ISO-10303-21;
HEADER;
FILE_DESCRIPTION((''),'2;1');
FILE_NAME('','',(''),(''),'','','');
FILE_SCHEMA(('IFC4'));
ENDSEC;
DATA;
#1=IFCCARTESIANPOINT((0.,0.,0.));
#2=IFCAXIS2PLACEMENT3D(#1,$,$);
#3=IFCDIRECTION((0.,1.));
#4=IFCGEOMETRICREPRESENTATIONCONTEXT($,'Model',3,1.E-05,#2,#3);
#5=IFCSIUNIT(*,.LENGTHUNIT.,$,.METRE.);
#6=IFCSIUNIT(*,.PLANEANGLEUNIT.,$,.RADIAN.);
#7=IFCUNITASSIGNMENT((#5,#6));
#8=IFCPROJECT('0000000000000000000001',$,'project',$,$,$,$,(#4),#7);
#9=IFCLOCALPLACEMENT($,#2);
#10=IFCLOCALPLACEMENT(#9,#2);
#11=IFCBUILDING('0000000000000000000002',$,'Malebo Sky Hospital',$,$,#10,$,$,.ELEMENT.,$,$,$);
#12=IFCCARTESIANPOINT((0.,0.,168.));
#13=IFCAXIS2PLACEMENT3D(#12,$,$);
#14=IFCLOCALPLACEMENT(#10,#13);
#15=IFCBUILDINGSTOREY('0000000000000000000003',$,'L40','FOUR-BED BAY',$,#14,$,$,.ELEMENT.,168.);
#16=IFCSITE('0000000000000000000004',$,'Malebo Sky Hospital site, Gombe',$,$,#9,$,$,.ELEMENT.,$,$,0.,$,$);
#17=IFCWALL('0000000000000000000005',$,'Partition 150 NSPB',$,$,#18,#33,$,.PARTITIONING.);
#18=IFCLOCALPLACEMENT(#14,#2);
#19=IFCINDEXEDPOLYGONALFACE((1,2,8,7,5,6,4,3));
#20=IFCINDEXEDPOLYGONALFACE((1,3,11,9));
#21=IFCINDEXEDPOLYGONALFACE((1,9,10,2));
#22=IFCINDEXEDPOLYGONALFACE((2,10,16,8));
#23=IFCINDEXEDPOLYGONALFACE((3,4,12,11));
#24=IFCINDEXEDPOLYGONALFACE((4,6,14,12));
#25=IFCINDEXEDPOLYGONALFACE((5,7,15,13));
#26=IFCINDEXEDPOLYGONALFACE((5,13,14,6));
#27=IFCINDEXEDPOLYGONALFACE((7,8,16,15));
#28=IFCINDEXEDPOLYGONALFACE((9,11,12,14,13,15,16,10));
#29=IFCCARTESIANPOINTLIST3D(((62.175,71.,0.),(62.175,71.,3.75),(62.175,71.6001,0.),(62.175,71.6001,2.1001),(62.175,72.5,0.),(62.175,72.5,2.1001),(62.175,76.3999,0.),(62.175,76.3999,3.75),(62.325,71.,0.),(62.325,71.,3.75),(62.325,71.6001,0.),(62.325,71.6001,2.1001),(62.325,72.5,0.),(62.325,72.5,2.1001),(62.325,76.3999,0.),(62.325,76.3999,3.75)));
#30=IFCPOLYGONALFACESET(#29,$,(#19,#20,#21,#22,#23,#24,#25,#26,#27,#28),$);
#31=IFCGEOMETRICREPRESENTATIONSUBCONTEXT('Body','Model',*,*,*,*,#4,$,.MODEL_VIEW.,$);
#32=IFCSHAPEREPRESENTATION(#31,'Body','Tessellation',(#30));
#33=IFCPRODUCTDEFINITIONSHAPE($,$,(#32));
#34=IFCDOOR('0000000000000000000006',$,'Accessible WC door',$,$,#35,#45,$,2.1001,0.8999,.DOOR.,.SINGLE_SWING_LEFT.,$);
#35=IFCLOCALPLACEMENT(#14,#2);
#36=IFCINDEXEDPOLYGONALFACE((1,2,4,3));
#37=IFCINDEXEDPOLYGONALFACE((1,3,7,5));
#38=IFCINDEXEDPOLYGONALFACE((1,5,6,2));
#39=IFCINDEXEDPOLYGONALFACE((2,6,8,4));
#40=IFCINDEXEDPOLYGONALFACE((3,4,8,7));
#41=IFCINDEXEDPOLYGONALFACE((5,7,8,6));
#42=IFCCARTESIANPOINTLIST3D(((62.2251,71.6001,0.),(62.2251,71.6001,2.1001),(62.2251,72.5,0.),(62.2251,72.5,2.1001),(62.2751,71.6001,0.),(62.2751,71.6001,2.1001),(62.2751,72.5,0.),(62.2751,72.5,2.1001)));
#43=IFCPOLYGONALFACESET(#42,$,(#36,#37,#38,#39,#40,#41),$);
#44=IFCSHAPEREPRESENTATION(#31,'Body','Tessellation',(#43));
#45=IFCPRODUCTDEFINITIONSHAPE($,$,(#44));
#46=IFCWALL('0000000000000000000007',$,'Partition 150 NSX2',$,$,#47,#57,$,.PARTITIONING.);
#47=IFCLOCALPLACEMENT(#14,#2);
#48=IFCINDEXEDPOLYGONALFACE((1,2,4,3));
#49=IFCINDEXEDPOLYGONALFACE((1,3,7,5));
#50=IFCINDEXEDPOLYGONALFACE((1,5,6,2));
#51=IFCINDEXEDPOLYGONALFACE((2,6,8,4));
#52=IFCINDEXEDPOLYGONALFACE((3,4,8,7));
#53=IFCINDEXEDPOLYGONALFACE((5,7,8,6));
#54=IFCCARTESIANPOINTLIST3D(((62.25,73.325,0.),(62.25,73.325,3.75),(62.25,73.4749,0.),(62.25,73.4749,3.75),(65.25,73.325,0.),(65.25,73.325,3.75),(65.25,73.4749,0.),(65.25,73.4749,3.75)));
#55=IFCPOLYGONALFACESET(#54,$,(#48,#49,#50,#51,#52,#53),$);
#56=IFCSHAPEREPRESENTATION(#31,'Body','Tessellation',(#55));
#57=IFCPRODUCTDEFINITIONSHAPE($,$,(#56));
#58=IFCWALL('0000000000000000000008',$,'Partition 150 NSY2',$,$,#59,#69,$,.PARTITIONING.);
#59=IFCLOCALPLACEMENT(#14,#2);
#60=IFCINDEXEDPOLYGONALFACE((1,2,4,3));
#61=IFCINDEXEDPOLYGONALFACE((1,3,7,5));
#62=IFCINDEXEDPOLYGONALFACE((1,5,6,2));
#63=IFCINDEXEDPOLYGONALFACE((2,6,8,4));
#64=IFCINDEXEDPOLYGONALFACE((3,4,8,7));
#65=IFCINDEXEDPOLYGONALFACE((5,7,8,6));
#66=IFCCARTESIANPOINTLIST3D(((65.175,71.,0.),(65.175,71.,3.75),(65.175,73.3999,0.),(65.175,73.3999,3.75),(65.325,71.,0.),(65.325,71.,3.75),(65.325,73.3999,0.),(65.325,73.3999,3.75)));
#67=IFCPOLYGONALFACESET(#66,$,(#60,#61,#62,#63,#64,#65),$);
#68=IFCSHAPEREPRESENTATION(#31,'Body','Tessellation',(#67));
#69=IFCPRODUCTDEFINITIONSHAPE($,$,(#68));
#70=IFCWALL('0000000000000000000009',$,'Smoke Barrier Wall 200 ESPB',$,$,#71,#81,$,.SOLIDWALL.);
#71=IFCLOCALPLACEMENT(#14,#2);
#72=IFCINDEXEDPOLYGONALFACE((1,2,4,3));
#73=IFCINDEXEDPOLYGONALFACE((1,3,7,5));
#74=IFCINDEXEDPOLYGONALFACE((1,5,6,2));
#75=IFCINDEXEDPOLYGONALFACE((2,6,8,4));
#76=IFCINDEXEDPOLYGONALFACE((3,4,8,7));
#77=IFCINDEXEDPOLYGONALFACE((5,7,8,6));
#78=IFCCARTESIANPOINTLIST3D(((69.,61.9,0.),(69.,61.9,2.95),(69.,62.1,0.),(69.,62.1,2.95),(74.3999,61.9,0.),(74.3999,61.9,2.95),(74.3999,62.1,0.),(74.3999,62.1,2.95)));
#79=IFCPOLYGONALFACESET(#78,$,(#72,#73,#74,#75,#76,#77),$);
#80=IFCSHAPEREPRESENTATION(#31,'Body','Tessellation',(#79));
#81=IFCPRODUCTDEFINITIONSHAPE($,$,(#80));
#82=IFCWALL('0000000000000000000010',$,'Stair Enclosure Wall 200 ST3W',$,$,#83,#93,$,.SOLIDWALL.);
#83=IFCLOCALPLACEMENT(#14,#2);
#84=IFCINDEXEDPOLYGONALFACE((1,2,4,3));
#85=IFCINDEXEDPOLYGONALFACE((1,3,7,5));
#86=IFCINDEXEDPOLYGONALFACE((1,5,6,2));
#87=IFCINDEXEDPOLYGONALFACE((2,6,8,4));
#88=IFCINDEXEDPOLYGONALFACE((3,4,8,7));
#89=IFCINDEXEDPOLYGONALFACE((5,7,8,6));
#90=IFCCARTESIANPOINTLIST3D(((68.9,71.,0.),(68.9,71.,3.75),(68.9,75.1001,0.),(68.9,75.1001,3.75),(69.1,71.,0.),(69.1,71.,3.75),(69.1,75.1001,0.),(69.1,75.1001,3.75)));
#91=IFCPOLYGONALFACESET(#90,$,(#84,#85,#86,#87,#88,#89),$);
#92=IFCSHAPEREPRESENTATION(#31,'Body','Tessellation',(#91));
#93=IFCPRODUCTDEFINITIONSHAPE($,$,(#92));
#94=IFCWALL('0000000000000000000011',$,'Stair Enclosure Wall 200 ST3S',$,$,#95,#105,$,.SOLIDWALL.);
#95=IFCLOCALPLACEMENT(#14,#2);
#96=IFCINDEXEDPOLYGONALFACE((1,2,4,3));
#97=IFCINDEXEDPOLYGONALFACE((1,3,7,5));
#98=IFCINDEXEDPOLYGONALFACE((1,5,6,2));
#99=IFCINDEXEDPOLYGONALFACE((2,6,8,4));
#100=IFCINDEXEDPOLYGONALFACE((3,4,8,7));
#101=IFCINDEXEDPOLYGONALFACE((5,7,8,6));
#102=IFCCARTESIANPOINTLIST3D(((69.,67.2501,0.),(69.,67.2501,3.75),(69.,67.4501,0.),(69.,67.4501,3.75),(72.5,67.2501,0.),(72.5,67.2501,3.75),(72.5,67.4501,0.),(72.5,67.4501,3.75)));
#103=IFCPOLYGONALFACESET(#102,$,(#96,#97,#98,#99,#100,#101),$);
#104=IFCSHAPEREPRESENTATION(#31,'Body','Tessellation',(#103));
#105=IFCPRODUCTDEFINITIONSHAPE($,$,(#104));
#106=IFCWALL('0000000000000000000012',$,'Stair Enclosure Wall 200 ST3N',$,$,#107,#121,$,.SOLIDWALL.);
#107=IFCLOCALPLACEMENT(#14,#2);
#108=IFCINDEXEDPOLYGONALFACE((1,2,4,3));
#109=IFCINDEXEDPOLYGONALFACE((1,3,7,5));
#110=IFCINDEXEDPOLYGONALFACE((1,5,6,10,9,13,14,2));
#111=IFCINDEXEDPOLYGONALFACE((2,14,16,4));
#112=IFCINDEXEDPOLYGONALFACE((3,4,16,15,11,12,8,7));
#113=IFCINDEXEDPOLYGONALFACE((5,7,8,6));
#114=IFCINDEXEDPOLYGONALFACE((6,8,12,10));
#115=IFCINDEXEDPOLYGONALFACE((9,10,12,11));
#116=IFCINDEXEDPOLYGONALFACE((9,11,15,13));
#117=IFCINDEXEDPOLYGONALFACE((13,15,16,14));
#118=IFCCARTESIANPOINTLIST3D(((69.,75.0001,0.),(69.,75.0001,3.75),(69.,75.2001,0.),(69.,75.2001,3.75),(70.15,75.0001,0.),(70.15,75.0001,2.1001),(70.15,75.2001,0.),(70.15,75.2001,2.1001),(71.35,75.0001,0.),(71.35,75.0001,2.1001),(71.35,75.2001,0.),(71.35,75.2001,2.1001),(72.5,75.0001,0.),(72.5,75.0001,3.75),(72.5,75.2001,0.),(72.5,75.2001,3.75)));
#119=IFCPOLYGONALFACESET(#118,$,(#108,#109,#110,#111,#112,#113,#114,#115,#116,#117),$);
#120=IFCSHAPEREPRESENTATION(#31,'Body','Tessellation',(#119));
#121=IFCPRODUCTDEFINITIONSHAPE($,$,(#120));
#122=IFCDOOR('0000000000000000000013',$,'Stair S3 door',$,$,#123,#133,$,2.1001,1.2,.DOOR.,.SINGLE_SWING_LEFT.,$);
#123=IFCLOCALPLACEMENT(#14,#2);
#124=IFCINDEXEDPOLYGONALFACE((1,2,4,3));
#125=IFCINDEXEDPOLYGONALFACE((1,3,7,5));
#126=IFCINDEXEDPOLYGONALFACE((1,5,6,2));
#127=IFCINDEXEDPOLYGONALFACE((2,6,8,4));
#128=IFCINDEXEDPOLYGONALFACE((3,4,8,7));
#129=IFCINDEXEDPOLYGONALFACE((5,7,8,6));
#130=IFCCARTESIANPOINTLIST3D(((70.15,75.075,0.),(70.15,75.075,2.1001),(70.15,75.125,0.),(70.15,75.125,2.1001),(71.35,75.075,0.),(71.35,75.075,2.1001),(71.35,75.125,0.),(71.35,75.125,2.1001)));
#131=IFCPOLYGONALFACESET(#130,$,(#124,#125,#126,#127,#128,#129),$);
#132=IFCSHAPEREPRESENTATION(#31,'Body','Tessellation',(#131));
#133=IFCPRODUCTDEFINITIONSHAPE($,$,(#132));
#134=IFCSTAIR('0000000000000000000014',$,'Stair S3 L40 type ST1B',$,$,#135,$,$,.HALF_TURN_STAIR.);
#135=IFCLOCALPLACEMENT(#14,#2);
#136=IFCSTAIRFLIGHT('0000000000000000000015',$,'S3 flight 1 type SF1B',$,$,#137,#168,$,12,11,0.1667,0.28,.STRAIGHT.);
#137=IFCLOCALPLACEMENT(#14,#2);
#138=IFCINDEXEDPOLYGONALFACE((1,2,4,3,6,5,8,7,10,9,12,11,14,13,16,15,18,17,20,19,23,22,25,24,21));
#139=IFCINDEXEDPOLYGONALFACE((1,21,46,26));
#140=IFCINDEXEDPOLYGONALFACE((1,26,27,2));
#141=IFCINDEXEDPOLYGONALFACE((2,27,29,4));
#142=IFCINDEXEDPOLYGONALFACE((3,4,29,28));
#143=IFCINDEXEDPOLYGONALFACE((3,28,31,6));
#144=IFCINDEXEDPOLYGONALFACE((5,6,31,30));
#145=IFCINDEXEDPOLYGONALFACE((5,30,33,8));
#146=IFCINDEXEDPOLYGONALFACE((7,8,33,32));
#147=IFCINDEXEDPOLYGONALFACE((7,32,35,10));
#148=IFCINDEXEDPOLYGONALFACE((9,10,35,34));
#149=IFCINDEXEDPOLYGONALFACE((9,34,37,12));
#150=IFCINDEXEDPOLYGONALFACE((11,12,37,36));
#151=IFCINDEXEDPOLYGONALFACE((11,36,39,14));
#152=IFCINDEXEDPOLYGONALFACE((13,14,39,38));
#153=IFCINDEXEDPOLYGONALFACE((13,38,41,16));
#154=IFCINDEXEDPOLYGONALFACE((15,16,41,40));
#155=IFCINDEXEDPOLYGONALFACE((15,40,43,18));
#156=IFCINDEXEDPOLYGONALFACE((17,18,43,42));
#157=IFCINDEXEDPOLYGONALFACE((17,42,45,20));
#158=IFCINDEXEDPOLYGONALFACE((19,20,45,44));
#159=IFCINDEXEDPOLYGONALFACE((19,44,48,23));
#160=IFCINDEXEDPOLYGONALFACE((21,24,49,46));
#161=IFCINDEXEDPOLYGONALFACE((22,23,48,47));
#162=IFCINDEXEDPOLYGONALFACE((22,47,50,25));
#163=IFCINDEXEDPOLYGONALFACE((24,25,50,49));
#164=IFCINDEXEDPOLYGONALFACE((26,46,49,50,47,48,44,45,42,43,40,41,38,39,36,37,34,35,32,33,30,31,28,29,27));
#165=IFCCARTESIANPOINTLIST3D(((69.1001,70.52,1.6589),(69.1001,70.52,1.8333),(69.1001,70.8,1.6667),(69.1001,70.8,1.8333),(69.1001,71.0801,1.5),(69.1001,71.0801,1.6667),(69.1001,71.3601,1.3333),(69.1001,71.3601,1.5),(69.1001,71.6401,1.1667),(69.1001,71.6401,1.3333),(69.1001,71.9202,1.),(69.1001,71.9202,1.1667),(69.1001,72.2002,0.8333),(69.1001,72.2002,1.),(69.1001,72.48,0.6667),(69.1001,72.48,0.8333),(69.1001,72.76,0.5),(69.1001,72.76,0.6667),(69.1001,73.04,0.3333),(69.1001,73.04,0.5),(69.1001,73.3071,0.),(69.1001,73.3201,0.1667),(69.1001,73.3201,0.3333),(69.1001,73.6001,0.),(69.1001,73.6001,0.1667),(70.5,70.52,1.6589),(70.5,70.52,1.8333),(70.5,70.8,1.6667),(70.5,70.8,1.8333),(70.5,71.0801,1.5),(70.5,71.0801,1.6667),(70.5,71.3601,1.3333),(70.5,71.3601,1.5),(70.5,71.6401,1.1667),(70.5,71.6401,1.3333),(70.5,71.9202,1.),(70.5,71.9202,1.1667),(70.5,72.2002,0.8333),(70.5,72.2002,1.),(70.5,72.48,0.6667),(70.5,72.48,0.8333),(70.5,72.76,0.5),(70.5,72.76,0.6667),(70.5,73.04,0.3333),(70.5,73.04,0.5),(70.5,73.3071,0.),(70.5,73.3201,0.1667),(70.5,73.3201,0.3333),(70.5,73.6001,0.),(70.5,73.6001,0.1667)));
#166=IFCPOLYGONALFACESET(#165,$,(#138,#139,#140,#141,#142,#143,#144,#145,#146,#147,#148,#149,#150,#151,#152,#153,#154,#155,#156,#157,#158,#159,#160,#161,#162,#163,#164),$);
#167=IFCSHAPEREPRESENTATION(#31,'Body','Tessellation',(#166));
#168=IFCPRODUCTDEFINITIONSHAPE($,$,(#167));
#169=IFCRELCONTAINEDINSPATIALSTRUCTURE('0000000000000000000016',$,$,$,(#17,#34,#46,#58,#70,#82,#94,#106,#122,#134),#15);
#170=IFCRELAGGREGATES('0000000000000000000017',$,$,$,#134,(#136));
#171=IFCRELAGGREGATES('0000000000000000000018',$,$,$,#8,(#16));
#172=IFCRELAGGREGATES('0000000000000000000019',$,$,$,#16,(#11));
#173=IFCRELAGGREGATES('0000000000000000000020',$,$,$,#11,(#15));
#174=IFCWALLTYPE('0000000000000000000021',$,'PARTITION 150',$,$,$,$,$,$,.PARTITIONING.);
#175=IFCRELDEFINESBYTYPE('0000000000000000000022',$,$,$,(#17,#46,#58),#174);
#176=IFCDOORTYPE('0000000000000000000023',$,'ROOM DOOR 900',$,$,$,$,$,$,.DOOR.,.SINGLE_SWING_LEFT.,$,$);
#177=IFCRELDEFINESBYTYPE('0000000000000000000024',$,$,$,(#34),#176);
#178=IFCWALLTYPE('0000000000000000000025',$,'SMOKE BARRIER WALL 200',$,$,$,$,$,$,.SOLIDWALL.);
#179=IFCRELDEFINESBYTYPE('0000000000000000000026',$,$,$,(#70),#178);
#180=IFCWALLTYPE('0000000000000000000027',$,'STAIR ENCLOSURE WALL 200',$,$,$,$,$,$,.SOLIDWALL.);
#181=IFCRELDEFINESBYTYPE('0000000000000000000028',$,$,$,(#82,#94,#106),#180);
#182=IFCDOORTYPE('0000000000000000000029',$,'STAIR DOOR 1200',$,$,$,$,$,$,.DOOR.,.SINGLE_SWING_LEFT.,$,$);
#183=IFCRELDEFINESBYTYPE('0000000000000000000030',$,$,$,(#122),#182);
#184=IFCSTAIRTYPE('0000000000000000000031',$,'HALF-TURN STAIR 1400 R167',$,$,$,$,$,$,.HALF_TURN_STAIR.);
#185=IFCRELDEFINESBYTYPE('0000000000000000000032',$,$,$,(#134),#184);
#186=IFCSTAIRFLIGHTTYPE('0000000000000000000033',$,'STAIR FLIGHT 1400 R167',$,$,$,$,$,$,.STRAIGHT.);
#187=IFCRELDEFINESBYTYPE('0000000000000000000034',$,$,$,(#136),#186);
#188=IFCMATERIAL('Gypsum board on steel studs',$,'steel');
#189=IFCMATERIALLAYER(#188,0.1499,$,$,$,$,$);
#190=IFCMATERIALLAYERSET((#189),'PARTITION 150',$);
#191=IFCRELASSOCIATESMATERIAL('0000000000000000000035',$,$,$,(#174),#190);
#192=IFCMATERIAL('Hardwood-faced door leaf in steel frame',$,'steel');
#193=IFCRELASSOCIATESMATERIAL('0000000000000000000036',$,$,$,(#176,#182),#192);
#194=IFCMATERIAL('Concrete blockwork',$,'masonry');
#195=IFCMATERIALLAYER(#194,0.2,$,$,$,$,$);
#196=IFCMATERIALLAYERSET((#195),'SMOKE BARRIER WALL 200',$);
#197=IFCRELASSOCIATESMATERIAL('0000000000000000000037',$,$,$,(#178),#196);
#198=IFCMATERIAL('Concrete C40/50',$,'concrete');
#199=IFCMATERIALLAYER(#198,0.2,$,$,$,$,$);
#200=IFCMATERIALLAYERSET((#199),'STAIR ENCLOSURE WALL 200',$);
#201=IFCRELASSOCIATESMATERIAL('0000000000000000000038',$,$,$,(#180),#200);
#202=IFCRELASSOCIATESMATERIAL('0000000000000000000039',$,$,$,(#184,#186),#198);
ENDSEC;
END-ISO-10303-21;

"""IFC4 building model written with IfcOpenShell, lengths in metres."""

from ifc_helpers import new_model, si_unit, direction, frame, frame_2d, origin, place, context, subcontext, project, spatial, polyline, rectangle, outline, extrude, material, layer, layer_set, type_object, element, fill, aggregate, save


model = new_model("IFC4")

# Units and contexts
model_context = context("Model", 3, precision=1e-05, world=origin(), true_north=direction((0.0, 1.0)))
body_context = subcontext(model_context, "Body", "Model", "MODEL_VIEW")
ifc_project = project(units=[si_unit("LENGTHUNIT", "METRE"), si_unit("PLANEANGLEUNIT", "RADIAN")], contexts=[model_context])

# Site, building, storey
site_placement = place(None, origin())
site = spatial("IfcSite", under=ifc_project, at=site_placement, Name="Malebo Sky Hospital site, Gombe", CompositionType="ELEMENT", RefElevation=0.0)
building_placement = place(site_placement, origin())
building = spatial("IfcBuilding", under=site, at=building_placement, Name="Malebo Sky Hospital", CompositionType="ELEMENT")
storey_placement = place(building_placement, frame((0.0, 0.0, 168.0)))
storey = spatial("IfcBuildingStorey", under=building, at=storey_placement, Name="L40", Description="FOUR-BED BAY", CompositionType="ELEMENT", Elevation=168.0)

# Shared definitions
ifc_material_1 = material(Name="Gypsum board on steel studs", Category="steel")

# Wall, opening, door
ifc_layer_1 = layer(ifc_material_1, 0.1499)
ifc_layer_set_1 = layer_set([ifc_layer_1], Name="PARTITION 150")
wall_type_1 = type_object("IfcWallType", Name="PARTITION 150", PredefinedType="PARTITIONING", material=ifc_layer_set_1)
wall_1_placement = place(storey_placement, frame((62.25, 71.0, 0.0), z_axis=(0.0, 0.0, 1.0), x_axis=(0.0, 1.0, 0.0)))
wall_1 = element("IfcWall", 1, at=wall_1_placement, inside=storey, type_object=wall_type_1, Name="Partition 150 NSPB", PredefinedType="PARTITIONING", context=body_context, shape_type="SweptSolid", body=[
    extrude(rectangle(XDim=5.3999, YDim=0.1499, at=frame_2d((2.7, 0.0))), origin(), (0.0, 0.0, 1.0), 3.75),
])
opening_1_placement = place(wall_1_placement, frame((0.6001, 0.0, 0.0)))
opening_1 = element("IfcOpeningElement", 2, at=opening_1_placement, cuts=wall_1, PredefinedType="OPENING", context=body_context, shape_type="SweptSolid", body=[
    extrude(rectangle(XDim=0.8999, YDim=2.1001, at=frame_2d((0.45, 1.05))), frame((0.0, 0.085, 0.0), z_axis=(0.0, -1.0, 0.0), x_axis=(1.0, 0.0, 0.0)), (0.0, 0.0, 1.0), 0.1699),
])
ifc_material_2 = material(Name="Hardwood-faced door leaf in steel frame", Category="steel")
door_type_1 = type_object("IfcDoorType", Name="ROOM DOOR 900", OperationType="SINGLE_SWING_LEFT", PredefinedType="DOOR", material=ifc_material_2)
door_1_placement = place(opening_1_placement, origin())
door_1 = element("IfcDoor", 3, at=door_1_placement, inside=storey, type_object=door_type_1, Name="Accessible WC door", OperationType="SINGLE_SWING_LEFT", OverallHeight=2.1001, OverallWidth=0.8999, PredefinedType="DOOR", context=body_context, shape_type="SweptSolid", body=[
    extrude(rectangle(XDim=0.8999, YDim=2.1001, at=frame_2d((0.45, 1.05))), frame((0.0, 0.0249, 0.0), z_axis=(0.0, -1.0, 0.0), x_axis=(1.0, 0.0, 0.0)), (0.0, 0.0, 1.0), 0.05),
])
fill(opening_1, door_1)

# Walls
wall_2_placement = place(storey_placement, frame((62.25, 73.3999, 0.0), z_axis=(0.0, 0.0, 1.0), x_axis=(1.0, 0.0, 0.0)))
element("IfcWall", 4, at=wall_2_placement, inside=storey, type_object=wall_type_1, Name="Partition 150 NSX2", PredefinedType="PARTITIONING", context=body_context, shape_type="SweptSolid", body=[
    extrude(rectangle(XDim=3.0, YDim=0.1499, at=frame_2d((1.5, 0.0))), origin(), (0.0, 0.0, 1.0), 3.75),
])
wall_3_placement = place(storey_placement, frame((65.25, 71.0, 0.0), z_axis=(0.0, 0.0, 1.0), x_axis=(0.0, 1.0, 0.0)))
element("IfcWall", 5, at=wall_3_placement, inside=storey, type_object=wall_type_1, Name="Partition 150 NSY2", PredefinedType="PARTITIONING", context=body_context, shape_type="SweptSolid", body=[
    extrude(rectangle(XDim=2.3999, YDim=0.1499, at=frame_2d((1.2, 0.0))), origin(), (0.0, 0.0, 1.0), 3.75),
])
ifc_material_3 = material(Name="Concrete blockwork", Category="masonry")
ifc_layer_2 = layer(ifc_material_3, 0.2)
ifc_layer_set_2 = layer_set([ifc_layer_2], Name="SMOKE BARRIER WALL 200")
wall_type_2 = type_object("IfcWallType", Name="SMOKE BARRIER WALL 200", PredefinedType="SOLIDWALL", material=ifc_layer_set_2)
wall_4_placement = place(storey_placement, frame((69.0, 62.0, 0.0), z_axis=(0.0, 0.0, 1.0), x_axis=(1.0, 0.0, 0.0)))
element("IfcWall", 6, at=wall_4_placement, inside=storey, type_object=wall_type_2, Name="Smoke Barrier Wall 200 ESPB", PredefinedType="SOLIDWALL", context=body_context, shape_type="SweptSolid", body=[
    extrude(rectangle(XDim=5.3999, YDim=0.2, at=frame_2d((2.7, 0.0))), origin(), (0.0, 0.0, 1.0), 2.95),
])
ifc_material_4 = material(Name="Concrete C40/50", Category="concrete")
ifc_layer_3 = layer(ifc_material_4, 0.2)
ifc_layer_set_3 = layer_set([ifc_layer_3], Name="STAIR ENCLOSURE WALL 200")
wall_type_3 = type_object("IfcWallType", Name="STAIR ENCLOSURE WALL 200", PredefinedType="SOLIDWALL", material=ifc_layer_set_3)
wall_5_placement = place(storey_placement, frame((69.0, 71.0, 0.0), z_axis=(0.0, 0.0, 1.0), x_axis=(0.0, 1.0, 0.0)))
element("IfcWall", 7, at=wall_5_placement, inside=storey, type_object=wall_type_3, Name="Stair Enclosure Wall 200 ST3W", PredefinedType="SOLIDWALL", context=body_context, shape_type="SweptSolid", body=[
    extrude(rectangle(XDim=4.1001, YDim=0.2, at=frame_2d((2.05, 0.0))), origin(), (0.0, 0.0, 1.0), 3.75),
])
wall_6_placement = place(storey_placement, frame((69.0, 67.3501, 0.0), z_axis=(0.0, 0.0, 1.0), x_axis=(1.0, 0.0, 0.0)))
element("IfcWall", 8, at=wall_6_placement, inside=storey, type_object=wall_type_3, Name="Stair Enclosure Wall 200 ST3S", PredefinedType="SOLIDWALL", context=body_context, shape_type="SweptSolid", body=[
    extrude(rectangle(XDim=3.5, YDim=0.2, at=frame_2d((1.75, 0.0))), origin(), (0.0, 0.0, 1.0), 3.75),
])

# Wall, opening, door
wall_7_placement = place(storey_placement, frame((69.0, 75.1001, 0.0), z_axis=(0.0, 0.0, 1.0), x_axis=(1.0, 0.0, 0.0)))
wall_7 = element("IfcWall", 9, at=wall_7_placement, inside=storey, type_object=wall_type_3, Name="Stair Enclosure Wall 200 ST3N", PredefinedType="SOLIDWALL", context=body_context, shape_type="SweptSolid", body=[
    extrude(rectangle(XDim=3.5, YDim=0.2, at=frame_2d((1.75, 0.0))), origin(), (0.0, 0.0, 1.0), 3.75),
])
opening_2_placement = place(wall_7_placement, frame((1.1499, 0.0, 0.0)))
opening_2 = element("IfcOpeningElement", 10, at=opening_2_placement, cuts=wall_7, PredefinedType="OPENING", context=body_context, shape_type="SweptSolid", body=[
    extrude(rectangle(XDim=1.2, YDim=2.1001, at=frame_2d((0.6001, 1.05))), frame((0.0, 0.1099, 0.0), z_axis=(0.0, -1.0, 0.0), x_axis=(1.0, 0.0, 0.0)), (0.0, 0.0, 1.0), 0.22),
])
door_type_2 = type_object("IfcDoorType", Name="STAIR DOOR 1200", OperationType="SINGLE_SWING_LEFT", PredefinedType="DOOR", material=ifc_material_2)
door_2_placement = place(opening_2_placement, origin())
door_2 = element("IfcDoor", 11, at=door_2_placement, inside=storey, type_object=door_type_2, Name="Stair S3 door", OperationType="SINGLE_SWING_LEFT", OverallHeight=2.1001, OverallWidth=1.2, PredefinedType="DOOR", context=body_context, shape_type="SweptSolid", body=[
    extrude(rectangle(XDim=1.2, YDim=2.1001, at=frame_2d((0.6001, 1.05))), frame((0.0, 0.0249, 0.0), z_axis=(0.0, -1.0, 0.0), x_axis=(1.0, 0.0, 0.0)), (0.0, 0.0, 1.0), 0.05),
])
fill(opening_2, door_2)

# Stair, stair flight
stair_type = type_object("IfcStairType", Name="HALF-TURN STAIR 1400 R167", PredefinedType="HALF_TURN_STAIR", material=ifc_material_4)
stair_placement = place(storey_placement, origin())
stair = element("IfcStair", 12, at=stair_placement, inside=storey, type_object=stair_type, Name="Stair S3 L40 type ST1B", PredefinedType="HALF_TURN_STAIR")
stair_flight_type = type_object("IfcStairFlightType", Name="STAIR FLIGHT 1400 R167", PredefinedType="STRAIGHT", material=ifc_material_4)
stair_flight_placement = place(storey_placement, frame((69.8, 73.6001, 0.0), z_axis=(0.0, 0.0, 1.0), x_axis=(0.0, -1.0, 0.0)))
stair_flight = element("IfcStairFlight", 13, at=stair_flight_placement, type_object=stair_flight_type, Name="S3 flight 1 type SF1B", NumberOfRisers=12, NumberOfTreads=11, PredefinedType="STRAIGHT", RiserHeight=0.1667, TreadLength=0.28, context=body_context, shape_type="SweptSolid", body=[
    extrude(outline(polyline([(0.0, 0.0), (0.0, 0.1667), (0.28, 0.1667), (0.28, 0.3333), (0.5601, 0.3333), (0.5601, 0.5), (0.8401, 0.5), (0.8401, 0.6667), (1.1201, 0.6667), (1.1201, 0.8333), (1.3999, 0.8333), (1.3999, 1.0), (1.6799, 1.0), (1.6799, 1.1667), (1.96, 1.1667), (1.96, 1.3333), (2.24, 1.3333), (2.24, 1.5), (2.52, 1.5), (2.52, 1.6667), (2.8, 1.6667), (2.8, 1.8333), (3.0801, 1.8333), (3.0801, 2.0), (3.0801, 1.6589), (0.293, 0.0), (0.0, 0.0)])), frame((0.0, 0.7, 0.0), z_axis=(0.0, -1.0, 0.0), x_axis=(1.0, 0.0, 0.0)), (0.0, 0.0, 1.0), 1.3999),
])
aggregate(stair, [stair_flight])

save(model, "model.ifc")
